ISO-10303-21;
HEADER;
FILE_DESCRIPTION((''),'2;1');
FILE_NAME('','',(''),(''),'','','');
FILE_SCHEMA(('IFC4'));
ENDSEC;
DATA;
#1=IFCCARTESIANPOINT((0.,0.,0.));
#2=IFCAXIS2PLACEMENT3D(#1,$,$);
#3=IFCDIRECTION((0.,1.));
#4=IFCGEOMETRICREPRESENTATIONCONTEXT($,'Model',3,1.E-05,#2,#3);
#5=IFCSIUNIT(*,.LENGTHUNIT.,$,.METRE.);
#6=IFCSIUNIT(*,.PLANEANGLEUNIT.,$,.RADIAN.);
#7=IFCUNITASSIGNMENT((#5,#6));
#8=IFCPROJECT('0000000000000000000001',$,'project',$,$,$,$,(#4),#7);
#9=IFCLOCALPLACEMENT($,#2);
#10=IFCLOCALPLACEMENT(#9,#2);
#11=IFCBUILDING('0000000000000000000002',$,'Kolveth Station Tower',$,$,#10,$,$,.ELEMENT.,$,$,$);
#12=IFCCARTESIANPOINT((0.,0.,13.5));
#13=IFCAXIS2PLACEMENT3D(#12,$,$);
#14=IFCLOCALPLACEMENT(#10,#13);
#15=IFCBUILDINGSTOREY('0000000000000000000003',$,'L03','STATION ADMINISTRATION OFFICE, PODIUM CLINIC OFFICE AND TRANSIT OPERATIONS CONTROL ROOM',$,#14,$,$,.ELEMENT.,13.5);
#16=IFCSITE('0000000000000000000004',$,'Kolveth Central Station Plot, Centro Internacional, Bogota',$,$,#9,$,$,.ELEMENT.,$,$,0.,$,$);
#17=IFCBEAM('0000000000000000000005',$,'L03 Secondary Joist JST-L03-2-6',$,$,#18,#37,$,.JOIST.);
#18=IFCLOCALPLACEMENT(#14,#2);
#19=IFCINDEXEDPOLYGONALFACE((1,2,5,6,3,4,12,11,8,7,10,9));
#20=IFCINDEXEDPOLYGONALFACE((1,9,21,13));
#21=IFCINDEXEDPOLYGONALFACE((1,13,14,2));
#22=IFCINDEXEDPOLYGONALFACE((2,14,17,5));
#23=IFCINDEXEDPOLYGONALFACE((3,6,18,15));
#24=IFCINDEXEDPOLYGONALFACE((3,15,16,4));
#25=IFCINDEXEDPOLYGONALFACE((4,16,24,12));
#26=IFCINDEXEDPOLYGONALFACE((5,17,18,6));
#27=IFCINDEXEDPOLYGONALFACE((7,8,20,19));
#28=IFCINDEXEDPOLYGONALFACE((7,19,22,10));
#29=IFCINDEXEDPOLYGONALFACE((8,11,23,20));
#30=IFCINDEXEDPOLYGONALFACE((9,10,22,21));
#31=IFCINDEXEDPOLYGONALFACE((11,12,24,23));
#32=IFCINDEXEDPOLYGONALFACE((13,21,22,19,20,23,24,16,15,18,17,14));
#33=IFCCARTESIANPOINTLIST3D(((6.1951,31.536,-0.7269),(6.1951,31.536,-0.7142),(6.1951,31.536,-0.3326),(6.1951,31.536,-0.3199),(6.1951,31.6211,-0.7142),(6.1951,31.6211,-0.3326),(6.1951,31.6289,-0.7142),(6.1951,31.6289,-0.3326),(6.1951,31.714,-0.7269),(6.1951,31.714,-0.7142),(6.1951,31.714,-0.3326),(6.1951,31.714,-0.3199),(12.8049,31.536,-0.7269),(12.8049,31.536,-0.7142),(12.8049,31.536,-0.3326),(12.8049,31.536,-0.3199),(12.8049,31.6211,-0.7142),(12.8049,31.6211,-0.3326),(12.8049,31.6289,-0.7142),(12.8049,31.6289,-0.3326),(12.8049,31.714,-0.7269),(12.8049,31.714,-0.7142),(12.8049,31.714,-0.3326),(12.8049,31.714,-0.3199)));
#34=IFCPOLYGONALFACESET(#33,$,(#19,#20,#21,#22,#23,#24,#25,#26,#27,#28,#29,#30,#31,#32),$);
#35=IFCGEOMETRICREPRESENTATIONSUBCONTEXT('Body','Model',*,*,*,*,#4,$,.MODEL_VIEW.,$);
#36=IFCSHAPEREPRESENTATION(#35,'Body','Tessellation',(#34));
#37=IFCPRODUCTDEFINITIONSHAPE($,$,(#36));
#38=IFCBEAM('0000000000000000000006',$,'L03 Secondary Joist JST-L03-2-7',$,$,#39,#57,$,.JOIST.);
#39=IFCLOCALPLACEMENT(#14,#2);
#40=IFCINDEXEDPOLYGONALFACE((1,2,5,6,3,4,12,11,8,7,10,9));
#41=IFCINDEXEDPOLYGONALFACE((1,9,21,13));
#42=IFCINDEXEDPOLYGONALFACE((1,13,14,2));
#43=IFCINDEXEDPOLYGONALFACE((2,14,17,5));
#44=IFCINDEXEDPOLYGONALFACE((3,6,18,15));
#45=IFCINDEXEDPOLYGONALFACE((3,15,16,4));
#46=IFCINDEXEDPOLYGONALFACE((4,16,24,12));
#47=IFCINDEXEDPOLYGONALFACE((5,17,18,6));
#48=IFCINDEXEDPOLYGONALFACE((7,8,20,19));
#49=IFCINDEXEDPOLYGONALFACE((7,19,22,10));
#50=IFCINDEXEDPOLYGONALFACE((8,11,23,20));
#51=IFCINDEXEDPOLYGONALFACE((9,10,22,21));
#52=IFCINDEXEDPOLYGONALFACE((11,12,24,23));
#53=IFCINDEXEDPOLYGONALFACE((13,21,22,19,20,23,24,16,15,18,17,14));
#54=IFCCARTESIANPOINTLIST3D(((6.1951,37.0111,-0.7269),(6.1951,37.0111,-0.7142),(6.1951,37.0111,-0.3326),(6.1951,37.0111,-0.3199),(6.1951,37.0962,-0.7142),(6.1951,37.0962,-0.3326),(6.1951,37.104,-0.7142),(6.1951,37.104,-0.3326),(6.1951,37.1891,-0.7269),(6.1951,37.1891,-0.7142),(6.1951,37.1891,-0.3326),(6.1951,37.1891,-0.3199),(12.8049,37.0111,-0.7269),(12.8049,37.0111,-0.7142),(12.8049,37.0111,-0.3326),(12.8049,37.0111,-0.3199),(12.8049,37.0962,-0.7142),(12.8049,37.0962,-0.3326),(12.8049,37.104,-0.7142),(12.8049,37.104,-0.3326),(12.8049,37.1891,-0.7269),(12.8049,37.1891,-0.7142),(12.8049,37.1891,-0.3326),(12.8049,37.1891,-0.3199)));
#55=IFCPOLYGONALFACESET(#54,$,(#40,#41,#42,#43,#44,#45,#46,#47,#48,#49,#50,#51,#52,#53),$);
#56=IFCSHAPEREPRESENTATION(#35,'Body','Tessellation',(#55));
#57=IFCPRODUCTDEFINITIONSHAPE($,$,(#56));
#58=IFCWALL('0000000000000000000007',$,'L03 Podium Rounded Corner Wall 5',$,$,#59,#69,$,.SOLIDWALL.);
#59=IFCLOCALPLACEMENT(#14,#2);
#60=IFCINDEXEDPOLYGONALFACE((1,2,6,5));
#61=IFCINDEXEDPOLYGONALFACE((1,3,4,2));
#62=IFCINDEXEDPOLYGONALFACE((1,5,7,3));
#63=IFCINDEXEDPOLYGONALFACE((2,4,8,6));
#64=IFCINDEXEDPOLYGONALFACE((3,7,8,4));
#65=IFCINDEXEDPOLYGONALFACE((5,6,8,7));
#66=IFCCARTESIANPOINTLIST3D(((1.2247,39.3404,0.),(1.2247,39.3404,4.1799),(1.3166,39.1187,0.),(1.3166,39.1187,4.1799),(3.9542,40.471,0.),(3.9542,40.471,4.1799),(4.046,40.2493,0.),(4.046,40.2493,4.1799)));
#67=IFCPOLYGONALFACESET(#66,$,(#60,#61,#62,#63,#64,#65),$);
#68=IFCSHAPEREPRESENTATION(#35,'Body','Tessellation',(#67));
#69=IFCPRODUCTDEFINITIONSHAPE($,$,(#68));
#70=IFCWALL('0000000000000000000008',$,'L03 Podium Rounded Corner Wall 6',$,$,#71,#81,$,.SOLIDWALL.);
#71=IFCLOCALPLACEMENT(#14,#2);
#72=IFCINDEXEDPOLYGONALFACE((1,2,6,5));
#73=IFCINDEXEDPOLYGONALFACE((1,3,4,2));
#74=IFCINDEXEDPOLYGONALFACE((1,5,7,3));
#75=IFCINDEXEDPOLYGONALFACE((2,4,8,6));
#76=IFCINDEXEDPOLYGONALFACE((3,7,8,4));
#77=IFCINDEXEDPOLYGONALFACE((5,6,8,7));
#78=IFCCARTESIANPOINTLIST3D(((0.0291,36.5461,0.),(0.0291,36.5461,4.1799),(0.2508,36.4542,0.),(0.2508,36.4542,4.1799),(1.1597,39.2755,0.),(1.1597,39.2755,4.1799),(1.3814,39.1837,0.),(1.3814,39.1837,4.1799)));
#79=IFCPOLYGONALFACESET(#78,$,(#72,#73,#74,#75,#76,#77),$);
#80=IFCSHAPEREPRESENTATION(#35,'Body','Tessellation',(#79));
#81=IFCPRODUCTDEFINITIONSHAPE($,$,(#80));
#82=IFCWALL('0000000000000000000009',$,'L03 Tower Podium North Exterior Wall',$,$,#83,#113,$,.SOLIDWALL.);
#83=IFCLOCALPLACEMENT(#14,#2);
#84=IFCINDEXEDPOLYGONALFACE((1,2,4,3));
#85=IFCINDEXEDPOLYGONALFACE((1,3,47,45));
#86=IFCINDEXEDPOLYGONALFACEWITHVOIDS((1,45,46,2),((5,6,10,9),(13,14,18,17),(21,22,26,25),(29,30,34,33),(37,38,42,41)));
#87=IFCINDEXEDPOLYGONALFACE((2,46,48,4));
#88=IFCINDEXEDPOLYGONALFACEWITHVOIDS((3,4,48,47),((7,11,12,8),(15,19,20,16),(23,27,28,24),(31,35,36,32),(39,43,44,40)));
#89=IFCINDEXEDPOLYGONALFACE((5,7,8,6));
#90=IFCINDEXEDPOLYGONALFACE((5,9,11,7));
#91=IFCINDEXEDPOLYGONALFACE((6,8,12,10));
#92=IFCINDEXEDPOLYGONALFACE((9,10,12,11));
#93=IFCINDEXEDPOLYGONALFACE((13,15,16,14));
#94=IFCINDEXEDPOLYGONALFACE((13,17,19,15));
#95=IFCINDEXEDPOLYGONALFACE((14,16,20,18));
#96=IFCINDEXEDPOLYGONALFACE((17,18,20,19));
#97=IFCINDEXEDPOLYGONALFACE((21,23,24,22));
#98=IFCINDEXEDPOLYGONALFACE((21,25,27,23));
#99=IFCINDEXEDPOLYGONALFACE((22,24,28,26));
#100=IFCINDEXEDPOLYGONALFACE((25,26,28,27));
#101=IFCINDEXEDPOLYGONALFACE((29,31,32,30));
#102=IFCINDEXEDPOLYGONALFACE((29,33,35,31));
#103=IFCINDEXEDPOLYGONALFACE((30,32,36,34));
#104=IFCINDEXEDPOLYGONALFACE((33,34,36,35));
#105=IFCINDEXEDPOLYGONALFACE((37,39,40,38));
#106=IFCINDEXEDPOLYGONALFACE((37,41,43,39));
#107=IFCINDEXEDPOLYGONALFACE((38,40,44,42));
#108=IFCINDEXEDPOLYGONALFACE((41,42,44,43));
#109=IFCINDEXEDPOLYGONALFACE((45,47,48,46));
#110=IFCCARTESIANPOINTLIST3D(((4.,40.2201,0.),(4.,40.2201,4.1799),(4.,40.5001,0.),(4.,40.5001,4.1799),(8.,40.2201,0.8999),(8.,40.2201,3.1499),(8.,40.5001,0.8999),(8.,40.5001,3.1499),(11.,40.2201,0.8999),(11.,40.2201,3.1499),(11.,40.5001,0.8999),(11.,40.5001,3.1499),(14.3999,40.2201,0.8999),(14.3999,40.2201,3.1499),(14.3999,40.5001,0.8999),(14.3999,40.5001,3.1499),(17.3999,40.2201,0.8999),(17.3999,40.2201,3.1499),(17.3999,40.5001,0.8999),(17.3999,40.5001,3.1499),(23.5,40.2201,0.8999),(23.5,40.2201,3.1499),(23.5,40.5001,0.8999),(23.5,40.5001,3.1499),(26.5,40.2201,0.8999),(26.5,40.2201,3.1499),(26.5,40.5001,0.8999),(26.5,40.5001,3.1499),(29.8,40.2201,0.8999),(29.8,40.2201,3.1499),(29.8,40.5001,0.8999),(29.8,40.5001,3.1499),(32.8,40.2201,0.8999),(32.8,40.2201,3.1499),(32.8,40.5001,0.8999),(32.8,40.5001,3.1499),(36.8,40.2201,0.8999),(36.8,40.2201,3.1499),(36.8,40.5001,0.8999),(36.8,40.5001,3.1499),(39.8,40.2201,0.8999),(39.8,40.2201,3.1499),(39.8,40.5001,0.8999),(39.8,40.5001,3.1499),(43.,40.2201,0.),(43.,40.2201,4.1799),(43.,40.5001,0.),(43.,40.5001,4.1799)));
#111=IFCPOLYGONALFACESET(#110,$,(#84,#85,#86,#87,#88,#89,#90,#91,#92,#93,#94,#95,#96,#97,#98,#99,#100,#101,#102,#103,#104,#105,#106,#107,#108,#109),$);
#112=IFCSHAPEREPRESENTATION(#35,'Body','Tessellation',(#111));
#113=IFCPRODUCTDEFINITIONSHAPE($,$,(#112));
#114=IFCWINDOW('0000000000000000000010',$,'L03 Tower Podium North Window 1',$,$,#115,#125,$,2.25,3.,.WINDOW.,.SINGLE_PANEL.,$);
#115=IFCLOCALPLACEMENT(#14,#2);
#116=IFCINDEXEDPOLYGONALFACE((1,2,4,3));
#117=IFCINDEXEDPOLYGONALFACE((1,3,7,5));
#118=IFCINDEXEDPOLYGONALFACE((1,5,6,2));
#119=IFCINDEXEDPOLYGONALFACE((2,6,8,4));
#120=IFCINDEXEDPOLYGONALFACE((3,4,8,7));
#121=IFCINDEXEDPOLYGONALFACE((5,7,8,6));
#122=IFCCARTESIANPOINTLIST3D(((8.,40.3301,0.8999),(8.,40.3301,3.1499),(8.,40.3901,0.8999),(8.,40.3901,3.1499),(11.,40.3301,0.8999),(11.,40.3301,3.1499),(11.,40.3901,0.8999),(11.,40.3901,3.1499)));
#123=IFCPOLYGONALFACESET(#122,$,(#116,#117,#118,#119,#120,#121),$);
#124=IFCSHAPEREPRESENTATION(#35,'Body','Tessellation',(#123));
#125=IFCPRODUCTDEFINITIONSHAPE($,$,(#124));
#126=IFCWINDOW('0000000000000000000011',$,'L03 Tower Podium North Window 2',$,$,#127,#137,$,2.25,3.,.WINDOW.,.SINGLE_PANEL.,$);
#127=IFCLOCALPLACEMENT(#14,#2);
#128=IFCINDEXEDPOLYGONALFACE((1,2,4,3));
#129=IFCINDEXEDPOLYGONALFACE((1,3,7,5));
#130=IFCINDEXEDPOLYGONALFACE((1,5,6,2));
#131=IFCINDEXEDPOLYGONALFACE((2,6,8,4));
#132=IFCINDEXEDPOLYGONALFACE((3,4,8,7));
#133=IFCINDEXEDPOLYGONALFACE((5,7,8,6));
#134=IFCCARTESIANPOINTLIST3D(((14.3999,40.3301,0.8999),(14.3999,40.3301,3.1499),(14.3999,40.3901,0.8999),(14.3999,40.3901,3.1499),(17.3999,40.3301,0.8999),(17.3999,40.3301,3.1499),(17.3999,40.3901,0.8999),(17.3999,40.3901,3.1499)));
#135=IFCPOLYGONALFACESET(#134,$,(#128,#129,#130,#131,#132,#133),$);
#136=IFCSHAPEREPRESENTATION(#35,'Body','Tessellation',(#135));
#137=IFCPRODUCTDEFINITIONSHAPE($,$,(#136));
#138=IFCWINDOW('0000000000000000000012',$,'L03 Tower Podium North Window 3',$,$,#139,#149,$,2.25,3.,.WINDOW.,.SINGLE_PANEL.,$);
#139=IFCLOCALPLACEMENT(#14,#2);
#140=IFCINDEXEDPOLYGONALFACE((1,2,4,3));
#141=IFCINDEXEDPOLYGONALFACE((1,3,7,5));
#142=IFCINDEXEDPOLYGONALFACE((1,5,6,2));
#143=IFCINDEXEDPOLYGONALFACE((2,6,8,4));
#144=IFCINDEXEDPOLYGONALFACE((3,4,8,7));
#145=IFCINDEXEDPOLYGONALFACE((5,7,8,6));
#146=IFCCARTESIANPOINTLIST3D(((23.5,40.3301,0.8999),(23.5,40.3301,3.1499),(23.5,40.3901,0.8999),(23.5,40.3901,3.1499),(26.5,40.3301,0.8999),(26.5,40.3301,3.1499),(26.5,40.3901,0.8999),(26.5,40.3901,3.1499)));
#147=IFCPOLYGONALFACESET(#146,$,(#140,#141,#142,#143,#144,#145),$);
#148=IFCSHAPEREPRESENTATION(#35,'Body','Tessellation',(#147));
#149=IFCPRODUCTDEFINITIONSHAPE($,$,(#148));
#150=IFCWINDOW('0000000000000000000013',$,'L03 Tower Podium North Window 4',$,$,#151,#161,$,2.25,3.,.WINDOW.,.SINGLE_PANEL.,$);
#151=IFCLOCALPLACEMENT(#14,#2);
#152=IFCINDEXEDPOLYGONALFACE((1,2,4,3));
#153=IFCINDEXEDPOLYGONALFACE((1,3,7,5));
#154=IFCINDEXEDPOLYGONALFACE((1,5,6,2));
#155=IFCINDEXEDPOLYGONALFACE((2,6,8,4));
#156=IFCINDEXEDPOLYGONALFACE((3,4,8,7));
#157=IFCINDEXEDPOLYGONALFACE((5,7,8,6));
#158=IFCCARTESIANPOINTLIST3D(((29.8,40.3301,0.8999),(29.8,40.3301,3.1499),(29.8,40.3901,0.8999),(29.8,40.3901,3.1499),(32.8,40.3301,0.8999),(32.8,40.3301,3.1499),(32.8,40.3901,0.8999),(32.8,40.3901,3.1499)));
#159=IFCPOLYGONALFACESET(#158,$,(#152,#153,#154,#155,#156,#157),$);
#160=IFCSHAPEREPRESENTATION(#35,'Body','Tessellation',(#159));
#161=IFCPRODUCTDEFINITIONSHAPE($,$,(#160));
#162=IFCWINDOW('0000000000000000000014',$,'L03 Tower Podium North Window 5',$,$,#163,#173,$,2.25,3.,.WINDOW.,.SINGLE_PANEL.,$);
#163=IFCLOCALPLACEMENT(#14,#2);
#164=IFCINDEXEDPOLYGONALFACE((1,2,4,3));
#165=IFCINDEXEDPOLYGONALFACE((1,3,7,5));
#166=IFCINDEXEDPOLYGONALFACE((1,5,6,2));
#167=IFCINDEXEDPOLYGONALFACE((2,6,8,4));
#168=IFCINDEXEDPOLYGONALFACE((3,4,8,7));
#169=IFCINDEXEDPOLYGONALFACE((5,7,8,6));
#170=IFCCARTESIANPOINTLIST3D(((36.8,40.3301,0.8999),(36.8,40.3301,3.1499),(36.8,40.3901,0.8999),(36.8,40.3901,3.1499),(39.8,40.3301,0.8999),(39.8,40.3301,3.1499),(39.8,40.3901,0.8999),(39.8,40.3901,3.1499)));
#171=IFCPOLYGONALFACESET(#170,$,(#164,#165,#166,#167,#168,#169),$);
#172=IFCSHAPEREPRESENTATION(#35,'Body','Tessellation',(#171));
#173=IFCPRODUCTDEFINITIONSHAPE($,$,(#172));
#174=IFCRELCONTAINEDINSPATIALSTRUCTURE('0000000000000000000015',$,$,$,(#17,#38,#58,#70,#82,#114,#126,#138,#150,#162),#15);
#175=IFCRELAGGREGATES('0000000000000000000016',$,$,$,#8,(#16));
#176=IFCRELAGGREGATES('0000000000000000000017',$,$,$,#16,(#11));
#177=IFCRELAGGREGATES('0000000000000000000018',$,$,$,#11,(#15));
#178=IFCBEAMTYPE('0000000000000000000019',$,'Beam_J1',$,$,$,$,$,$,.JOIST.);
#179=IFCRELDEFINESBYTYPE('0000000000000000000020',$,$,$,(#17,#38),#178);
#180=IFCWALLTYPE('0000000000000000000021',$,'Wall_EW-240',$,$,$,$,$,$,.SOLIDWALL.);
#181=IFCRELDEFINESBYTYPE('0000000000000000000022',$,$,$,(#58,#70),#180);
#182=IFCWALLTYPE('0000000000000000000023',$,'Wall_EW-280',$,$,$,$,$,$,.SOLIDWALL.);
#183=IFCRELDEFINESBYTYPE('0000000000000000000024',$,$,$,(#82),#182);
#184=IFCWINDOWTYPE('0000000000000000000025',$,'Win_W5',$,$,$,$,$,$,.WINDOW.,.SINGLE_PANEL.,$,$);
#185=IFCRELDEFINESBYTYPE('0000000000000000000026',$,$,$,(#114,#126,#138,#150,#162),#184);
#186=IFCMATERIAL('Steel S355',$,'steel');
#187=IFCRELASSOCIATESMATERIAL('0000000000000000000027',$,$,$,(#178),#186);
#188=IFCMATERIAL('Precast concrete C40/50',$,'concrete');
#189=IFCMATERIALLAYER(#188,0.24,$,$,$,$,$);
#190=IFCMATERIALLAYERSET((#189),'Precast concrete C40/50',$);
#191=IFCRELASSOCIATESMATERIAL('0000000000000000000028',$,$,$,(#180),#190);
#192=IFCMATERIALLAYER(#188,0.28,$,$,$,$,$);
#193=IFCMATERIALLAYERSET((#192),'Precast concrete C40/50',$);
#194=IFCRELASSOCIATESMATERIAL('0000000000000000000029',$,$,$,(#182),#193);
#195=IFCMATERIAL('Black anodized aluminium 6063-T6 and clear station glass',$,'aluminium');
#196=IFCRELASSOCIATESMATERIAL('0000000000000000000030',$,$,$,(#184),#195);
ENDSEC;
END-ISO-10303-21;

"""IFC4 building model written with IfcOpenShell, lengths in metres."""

from ifc_helpers import new_model, si_unit, direction, frame, frame_2d, origin, origin_2d, place, context, subcontext, project, spatial, rectangle, i_section, extrude, source, transform, mapped, material, layer, layer_set, material_profile, profile_set, type_object, element, fill, save


model = new_model("IFC4")

# Units and contexts
model_context = context("Model", 3, precision=1e-05, world=origin(), true_north=direction((0.0, 1.0)))
body_context = subcontext(model_context, "Body", "Model", "MODEL_VIEW")
ifc_project = project(units=[si_unit("LENGTHUNIT", "METRE"), si_unit("PLANEANGLEUNIT", "RADIAN")], contexts=[model_context])

# Site, building, storey
site_placement = place(None, origin())
site = spatial("IfcSite", under=ifc_project, at=site_placement, Name="Kolveth Central Station Plot, Centro Internacional, Bogota", CompositionType="ELEMENT", RefElevation=0.0)
building_placement = place(site_placement, origin())
building = spatial("IfcBuilding", under=site, at=building_placement, Name="Kolveth Station Tower", CompositionType="ELEMENT")
storey_placement = place(building_placement, frame((0.0, 0.0, 13.5)))
storey = spatial("IfcBuildingStorey", under=building, at=storey_placement, Name="L03", Description="STATION ADMINISTRATION OFFICE, PODIUM CLINIC OFFICE AND TRANSIT OPERATIONS CONTROL ROOM", CompositionType="ELEMENT", Elevation=13.5)

# Beams
ifc_material_1 = material(Name="Steel S355", Category="steel")
ifc_material_profile_1 = material_profile(ifc_material_1, i_section(OverallWidth=0.178, OverallDepth=0.407, WebThickness=0.0078, FlangeThickness=0.0127, at=origin_2d()), Name="W410x60")
ifc_profile_set_1 = profile_set([ifc_material_profile_1], Name="Steel S355")
beam_type_1 = type_object("IfcBeamType", Name="Beam_J1", PredefinedType="JOIST", material=ifc_profile_set_1)
shared_shape_1 = source(origin(), body_context, "Body", "SweptSolid", [
    extrude(i_section(OverallWidth=0.178, OverallDepth=0.407, WebThickness=0.0078, FlangeThickness=0.0127, at=origin_2d()), origin(), (0.0, 0.0, 1.0), 6.6099),
])
for number, where, z_axis, x_axis, name in (
    (1, (6.1951, 31.625, -0.5234), (1.0, 0.0, 0.0), (0.0, 1.0, 0.0), "L03 Secondary Joist JST-L03-2-6"),
    (2, (6.1951, 37.1001, -0.5234), (1.0, 0.0, 0.0), (0.0, 1.0, 0.0), "L03 Secondary Joist JST-L03-2-7"),
):
    element("IfcBeam", number, at=place(storey_placement, frame(where, z_axis=z_axis, x_axis=x_axis)), inside=storey, type_object=beam_type_1, Name=name, PredefinedType="JOIST", context=body_context, shape_type="MappedRepresentation", body=[
        mapped(shared_shape_1, transform((0.0, 0.0, 0.0), x_axis=(1.0, 0.0, 0.0), y_axis=(0.0, 1.0, 0.0), z_axis=(0.0, 0.0, 1.0), scale=1.0)),
    ])

# Walls
ifc_material_2 = material(Name="Precast concrete C40/50", Category="concrete")
ifc_layer_1 = layer(ifc_material_2, 0.24)
ifc_layer_set_1 = layer_set([ifc_layer_1], Name="Precast concrete C40/50")
wall_type_1 = type_object("IfcWallType", Name="Wall_EW-240", PredefinedType="SOLIDWALL", material=ifc_layer_set_1)
for number, where, z_axis, x_axis, name in (
    (3, (4.0, 40.3601, 0.0), (0.0, 0.0, 1.0), (-0.923877, -0.38269, 0.0), "L03 Podium Rounded Corner Wall 5"),
    (4, (1.2705, 39.2295, 0.0), (0.0, 0.0, 1.0), (-0.38269, -0.923877, 0.0), "L03 Podium Rounded Corner Wall 6"),
):
    element("IfcWall", number, at=place(storey_placement, frame(where, z_axis=z_axis, x_axis=x_axis)), inside=storey, type_object=wall_type_1, Name=name, PredefinedType="SOLIDWALL", context=body_context, shape_type="SweptSolid", body=[
        extrude(rectangle(XDim=2.9543, YDim=0.24, at=frame_2d((1.4771, 0.0))), origin(), (0.0, 0.0, 1.0), 4.1799),
    ])

# Wall, openings, windows
ifc_layer_2 = layer(ifc_material_2, 0.28)
ifc_layer_set_2 = layer_set([ifc_layer_2], Name="Precast concrete C40/50")
wall_type_2 = type_object("IfcWallType", Name="Wall_EW-280", PredefinedType="SOLIDWALL", material=ifc_layer_set_2)
wall_1_placement = place(storey_placement, frame((4.0, 40.3601, 0.0), z_axis=(0.0, 0.0, 1.0), x_axis=(1.0, 0.0, 0.0)))
wall_1 = element("IfcWall", 5, at=wall_1_placement, inside=storey, type_object=wall_type_2, Name="L03 Tower Podium North Exterior Wall", PredefinedType="SOLIDWALL", context=body_context, shape_type="SweptSolid", body=[
    extrude(rectangle(XDim=39.0, YDim=0.28, at=frame_2d((19.5, 0.0))), origin(), (0.0, 0.0, 1.0), 4.1799),
])
opening_1_placement = place(wall_1_placement, frame((4.0, 0.0, 0.8999)))
opening_1 = element("IfcOpeningElement", 6, at=opening_1_placement, cuts=wall_1, PredefinedType="OPENING", context=body_context, shape_type="SweptSolid", body=[
    extrude(rectangle(XDim=3.0, YDim=2.25, at=frame_2d((1.5, 1.125))), frame((0.0, 0.1499, 0.0), z_axis=(0.0, -1.0, 0.0), x_axis=(1.0, 0.0, 0.0)), (0.0, 0.0, 1.0), 0.3),
])
opening_2_placement = place(wall_1_placement, frame((10.3999, 0.0, 0.8999)))
opening_2 = element("IfcOpeningElement", 7, at=opening_2_placement, cuts=wall_1, PredefinedType="OPENING", context=body_context, shape_type="SweptSolid", body=[
    extrude(rectangle(XDim=3.0, YDim=2.25, at=frame_2d((1.5, 1.125))), frame((0.0, 0.1499, 0.0), z_axis=(0.0, -1.0, 0.0), x_axis=(1.0, 0.0, 0.0)), (0.0, 0.0, 1.0), 0.3),
])
opening_3_placement = place(wall_1_placement, frame((19.5, 0.0, 0.8999)))
opening_3 = element("IfcOpeningElement", 8, at=opening_3_placement, cuts=wall_1, PredefinedType="OPENING", context=body_context, shape_type="SweptSolid", body=[
    extrude(rectangle(XDim=3.0, YDim=2.25, at=frame_2d((1.5, 1.125))), frame((0.0, 0.1499, 0.0), z_axis=(0.0, -1.0, 0.0), x_axis=(1.0, 0.0, 0.0)), (0.0, 0.0, 1.0), 0.3),
])
opening_4_placement = place(wall_1_placement, frame((25.8, 0.0, 0.8999)))
opening_4 = element("IfcOpeningElement", 9, at=opening_4_placement, cuts=wall_1, PredefinedType="OPENING", context=body_context, shape_type="SweptSolid", body=[
    extrude(rectangle(XDim=3.0, YDim=2.25, at=frame_2d((1.5, 1.125))), frame((0.0, 0.1499, 0.0), z_axis=(0.0, -1.0, 0.0), x_axis=(1.0, 0.0, 0.0)), (0.0, 0.0, 1.0), 0.3),
])
opening_5_placement = place(wall_1_placement, frame((32.8, 0.0, 0.8999)))
opening_5 = element("IfcOpeningElement", 10, at=opening_5_placement, cuts=wall_1, PredefinedType="OPENING", context=body_context, shape_type="SweptSolid", body=[
    extrude(rectangle(XDim=3.0, YDim=2.25, at=frame_2d((1.5, 1.125))), frame((0.0, 0.1499, 0.0), z_axis=(0.0, -1.0, 0.0), x_axis=(1.0, 0.0, 0.0)), (0.0, 0.0, 1.0), 0.3),
])
ifc_material_3 = material(Name="Black anodized aluminium 6063-T6 and clear station glass", Category="aluminium")
window_type = type_object("IfcWindowType", Name="Win_W5", PartitioningType="SINGLE_PANEL", PredefinedType="WINDOW", material=ifc_material_3)
window_1_placement = place(opening_1_placement, origin())
window_1 = element("IfcWindow", 11, at=window_1_placement, inside=storey, type_object=window_type, Name="L03 Tower Podium North Window 1", OverallHeight=2.25, OverallWidth=3.0, PartitioningType="SINGLE_PANEL", PredefinedType="WINDOW", context=body_context, shape_type="SweptSolid", body=[
    extrude(rectangle(XDim=3.0, YDim=2.25, at=frame_2d((1.5, 1.125))), frame((0.0, 0.03, 0.0), z_axis=(0.0, -1.0, 0.0), x_axis=(1.0, 0.0, 0.0)), (0.0, 0.0, 1.0), 0.0601),
])
fill(opening_1, window_1)
window_2_placement = place(opening_2_placement, origin())
window_2 = element("IfcWindow", 12, at=window_2_placement, inside=storey, type_object=window_type, Name="L03 Tower Podium North Window 2", OverallHeight=2.25, OverallWidth=3.0, PartitioningType="SINGLE_PANEL", PredefinedType="WINDOW", context=body_context, shape_type="SweptSolid", body=[
    extrude(rectangle(XDim=3.0, YDim=2.25, at=frame_2d((1.5, 1.125))), frame((0.0, 0.03, 0.0), z_axis=(0.0, -1.0, 0.0), x_axis=(1.0, 0.0, 0.0)), (0.0, 0.0, 1.0), 0.0601),
])
fill(opening_2, window_2)
window_3_placement = place(opening_3_placement, origin())
window_3 = element("IfcWindow", 13, at=window_3_placement, inside=storey, type_object=window_type, Name="L03 Tower Podium North Window 3", OverallHeight=2.25, OverallWidth=3.0, PartitioningType="SINGLE_PANEL", PredefinedType="WINDOW", context=body_context, shape_type="SweptSolid", body=[
    extrude(rectangle(XDim=3.0, YDim=2.25, at=frame_2d((1.5, 1.125))), frame((0.0, 0.03, 0.0), z_axis=(0.0, -1.0, 0.0), x_axis=(1.0, 0.0, 0.0)), (0.0, 0.0, 1.0), 0.0601),
])
fill(opening_3, window_3)
window_4_placement = place(opening_4_placement, origin())
window_4 = element("IfcWindow", 14, at=window_4_placement, inside=storey, type_object=window_type, Name="L03 Tower Podium North Window 4", OverallHeight=2.25, OverallWidth=3.0, PartitioningType="SINGLE_PANEL", PredefinedType="WINDOW", context=body_context, shape_type="SweptSolid", body=[
    extrude(rectangle(XDim=3.0, YDim=2.25, at=frame_2d((1.5, 1.125))), frame((0.0, 0.03, 0.0), z_axis=(0.0, -1.0, 0.0), x_axis=(1.0, 0.0, 0.0)), (0.0, 0.0, 1.0), 0.0601),
])
fill(opening_4, window_4)
window_5_placement = place(opening_5_placement, origin())
window_5 = element("IfcWindow", 15, at=window_5_placement, inside=storey, type_object=window_type, Name="L03 Tower Podium North Window 5", OverallHeight=2.25, OverallWidth=3.0, PartitioningType="SINGLE_PANEL", PredefinedType="WINDOW", context=body_context, shape_type="SweptSolid", body=[
    extrude(rectangle(XDim=3.0, YDim=2.25, at=frame_2d((1.5, 1.125))), frame((0.0, 0.03, 0.0), z_axis=(0.0, -1.0, 0.0), x_axis=(1.0, 0.0, 0.0)), (0.0, 0.0, 1.0), 0.0601),
])
fill(opening_5, window_5)

save(model, "model.ifc")
